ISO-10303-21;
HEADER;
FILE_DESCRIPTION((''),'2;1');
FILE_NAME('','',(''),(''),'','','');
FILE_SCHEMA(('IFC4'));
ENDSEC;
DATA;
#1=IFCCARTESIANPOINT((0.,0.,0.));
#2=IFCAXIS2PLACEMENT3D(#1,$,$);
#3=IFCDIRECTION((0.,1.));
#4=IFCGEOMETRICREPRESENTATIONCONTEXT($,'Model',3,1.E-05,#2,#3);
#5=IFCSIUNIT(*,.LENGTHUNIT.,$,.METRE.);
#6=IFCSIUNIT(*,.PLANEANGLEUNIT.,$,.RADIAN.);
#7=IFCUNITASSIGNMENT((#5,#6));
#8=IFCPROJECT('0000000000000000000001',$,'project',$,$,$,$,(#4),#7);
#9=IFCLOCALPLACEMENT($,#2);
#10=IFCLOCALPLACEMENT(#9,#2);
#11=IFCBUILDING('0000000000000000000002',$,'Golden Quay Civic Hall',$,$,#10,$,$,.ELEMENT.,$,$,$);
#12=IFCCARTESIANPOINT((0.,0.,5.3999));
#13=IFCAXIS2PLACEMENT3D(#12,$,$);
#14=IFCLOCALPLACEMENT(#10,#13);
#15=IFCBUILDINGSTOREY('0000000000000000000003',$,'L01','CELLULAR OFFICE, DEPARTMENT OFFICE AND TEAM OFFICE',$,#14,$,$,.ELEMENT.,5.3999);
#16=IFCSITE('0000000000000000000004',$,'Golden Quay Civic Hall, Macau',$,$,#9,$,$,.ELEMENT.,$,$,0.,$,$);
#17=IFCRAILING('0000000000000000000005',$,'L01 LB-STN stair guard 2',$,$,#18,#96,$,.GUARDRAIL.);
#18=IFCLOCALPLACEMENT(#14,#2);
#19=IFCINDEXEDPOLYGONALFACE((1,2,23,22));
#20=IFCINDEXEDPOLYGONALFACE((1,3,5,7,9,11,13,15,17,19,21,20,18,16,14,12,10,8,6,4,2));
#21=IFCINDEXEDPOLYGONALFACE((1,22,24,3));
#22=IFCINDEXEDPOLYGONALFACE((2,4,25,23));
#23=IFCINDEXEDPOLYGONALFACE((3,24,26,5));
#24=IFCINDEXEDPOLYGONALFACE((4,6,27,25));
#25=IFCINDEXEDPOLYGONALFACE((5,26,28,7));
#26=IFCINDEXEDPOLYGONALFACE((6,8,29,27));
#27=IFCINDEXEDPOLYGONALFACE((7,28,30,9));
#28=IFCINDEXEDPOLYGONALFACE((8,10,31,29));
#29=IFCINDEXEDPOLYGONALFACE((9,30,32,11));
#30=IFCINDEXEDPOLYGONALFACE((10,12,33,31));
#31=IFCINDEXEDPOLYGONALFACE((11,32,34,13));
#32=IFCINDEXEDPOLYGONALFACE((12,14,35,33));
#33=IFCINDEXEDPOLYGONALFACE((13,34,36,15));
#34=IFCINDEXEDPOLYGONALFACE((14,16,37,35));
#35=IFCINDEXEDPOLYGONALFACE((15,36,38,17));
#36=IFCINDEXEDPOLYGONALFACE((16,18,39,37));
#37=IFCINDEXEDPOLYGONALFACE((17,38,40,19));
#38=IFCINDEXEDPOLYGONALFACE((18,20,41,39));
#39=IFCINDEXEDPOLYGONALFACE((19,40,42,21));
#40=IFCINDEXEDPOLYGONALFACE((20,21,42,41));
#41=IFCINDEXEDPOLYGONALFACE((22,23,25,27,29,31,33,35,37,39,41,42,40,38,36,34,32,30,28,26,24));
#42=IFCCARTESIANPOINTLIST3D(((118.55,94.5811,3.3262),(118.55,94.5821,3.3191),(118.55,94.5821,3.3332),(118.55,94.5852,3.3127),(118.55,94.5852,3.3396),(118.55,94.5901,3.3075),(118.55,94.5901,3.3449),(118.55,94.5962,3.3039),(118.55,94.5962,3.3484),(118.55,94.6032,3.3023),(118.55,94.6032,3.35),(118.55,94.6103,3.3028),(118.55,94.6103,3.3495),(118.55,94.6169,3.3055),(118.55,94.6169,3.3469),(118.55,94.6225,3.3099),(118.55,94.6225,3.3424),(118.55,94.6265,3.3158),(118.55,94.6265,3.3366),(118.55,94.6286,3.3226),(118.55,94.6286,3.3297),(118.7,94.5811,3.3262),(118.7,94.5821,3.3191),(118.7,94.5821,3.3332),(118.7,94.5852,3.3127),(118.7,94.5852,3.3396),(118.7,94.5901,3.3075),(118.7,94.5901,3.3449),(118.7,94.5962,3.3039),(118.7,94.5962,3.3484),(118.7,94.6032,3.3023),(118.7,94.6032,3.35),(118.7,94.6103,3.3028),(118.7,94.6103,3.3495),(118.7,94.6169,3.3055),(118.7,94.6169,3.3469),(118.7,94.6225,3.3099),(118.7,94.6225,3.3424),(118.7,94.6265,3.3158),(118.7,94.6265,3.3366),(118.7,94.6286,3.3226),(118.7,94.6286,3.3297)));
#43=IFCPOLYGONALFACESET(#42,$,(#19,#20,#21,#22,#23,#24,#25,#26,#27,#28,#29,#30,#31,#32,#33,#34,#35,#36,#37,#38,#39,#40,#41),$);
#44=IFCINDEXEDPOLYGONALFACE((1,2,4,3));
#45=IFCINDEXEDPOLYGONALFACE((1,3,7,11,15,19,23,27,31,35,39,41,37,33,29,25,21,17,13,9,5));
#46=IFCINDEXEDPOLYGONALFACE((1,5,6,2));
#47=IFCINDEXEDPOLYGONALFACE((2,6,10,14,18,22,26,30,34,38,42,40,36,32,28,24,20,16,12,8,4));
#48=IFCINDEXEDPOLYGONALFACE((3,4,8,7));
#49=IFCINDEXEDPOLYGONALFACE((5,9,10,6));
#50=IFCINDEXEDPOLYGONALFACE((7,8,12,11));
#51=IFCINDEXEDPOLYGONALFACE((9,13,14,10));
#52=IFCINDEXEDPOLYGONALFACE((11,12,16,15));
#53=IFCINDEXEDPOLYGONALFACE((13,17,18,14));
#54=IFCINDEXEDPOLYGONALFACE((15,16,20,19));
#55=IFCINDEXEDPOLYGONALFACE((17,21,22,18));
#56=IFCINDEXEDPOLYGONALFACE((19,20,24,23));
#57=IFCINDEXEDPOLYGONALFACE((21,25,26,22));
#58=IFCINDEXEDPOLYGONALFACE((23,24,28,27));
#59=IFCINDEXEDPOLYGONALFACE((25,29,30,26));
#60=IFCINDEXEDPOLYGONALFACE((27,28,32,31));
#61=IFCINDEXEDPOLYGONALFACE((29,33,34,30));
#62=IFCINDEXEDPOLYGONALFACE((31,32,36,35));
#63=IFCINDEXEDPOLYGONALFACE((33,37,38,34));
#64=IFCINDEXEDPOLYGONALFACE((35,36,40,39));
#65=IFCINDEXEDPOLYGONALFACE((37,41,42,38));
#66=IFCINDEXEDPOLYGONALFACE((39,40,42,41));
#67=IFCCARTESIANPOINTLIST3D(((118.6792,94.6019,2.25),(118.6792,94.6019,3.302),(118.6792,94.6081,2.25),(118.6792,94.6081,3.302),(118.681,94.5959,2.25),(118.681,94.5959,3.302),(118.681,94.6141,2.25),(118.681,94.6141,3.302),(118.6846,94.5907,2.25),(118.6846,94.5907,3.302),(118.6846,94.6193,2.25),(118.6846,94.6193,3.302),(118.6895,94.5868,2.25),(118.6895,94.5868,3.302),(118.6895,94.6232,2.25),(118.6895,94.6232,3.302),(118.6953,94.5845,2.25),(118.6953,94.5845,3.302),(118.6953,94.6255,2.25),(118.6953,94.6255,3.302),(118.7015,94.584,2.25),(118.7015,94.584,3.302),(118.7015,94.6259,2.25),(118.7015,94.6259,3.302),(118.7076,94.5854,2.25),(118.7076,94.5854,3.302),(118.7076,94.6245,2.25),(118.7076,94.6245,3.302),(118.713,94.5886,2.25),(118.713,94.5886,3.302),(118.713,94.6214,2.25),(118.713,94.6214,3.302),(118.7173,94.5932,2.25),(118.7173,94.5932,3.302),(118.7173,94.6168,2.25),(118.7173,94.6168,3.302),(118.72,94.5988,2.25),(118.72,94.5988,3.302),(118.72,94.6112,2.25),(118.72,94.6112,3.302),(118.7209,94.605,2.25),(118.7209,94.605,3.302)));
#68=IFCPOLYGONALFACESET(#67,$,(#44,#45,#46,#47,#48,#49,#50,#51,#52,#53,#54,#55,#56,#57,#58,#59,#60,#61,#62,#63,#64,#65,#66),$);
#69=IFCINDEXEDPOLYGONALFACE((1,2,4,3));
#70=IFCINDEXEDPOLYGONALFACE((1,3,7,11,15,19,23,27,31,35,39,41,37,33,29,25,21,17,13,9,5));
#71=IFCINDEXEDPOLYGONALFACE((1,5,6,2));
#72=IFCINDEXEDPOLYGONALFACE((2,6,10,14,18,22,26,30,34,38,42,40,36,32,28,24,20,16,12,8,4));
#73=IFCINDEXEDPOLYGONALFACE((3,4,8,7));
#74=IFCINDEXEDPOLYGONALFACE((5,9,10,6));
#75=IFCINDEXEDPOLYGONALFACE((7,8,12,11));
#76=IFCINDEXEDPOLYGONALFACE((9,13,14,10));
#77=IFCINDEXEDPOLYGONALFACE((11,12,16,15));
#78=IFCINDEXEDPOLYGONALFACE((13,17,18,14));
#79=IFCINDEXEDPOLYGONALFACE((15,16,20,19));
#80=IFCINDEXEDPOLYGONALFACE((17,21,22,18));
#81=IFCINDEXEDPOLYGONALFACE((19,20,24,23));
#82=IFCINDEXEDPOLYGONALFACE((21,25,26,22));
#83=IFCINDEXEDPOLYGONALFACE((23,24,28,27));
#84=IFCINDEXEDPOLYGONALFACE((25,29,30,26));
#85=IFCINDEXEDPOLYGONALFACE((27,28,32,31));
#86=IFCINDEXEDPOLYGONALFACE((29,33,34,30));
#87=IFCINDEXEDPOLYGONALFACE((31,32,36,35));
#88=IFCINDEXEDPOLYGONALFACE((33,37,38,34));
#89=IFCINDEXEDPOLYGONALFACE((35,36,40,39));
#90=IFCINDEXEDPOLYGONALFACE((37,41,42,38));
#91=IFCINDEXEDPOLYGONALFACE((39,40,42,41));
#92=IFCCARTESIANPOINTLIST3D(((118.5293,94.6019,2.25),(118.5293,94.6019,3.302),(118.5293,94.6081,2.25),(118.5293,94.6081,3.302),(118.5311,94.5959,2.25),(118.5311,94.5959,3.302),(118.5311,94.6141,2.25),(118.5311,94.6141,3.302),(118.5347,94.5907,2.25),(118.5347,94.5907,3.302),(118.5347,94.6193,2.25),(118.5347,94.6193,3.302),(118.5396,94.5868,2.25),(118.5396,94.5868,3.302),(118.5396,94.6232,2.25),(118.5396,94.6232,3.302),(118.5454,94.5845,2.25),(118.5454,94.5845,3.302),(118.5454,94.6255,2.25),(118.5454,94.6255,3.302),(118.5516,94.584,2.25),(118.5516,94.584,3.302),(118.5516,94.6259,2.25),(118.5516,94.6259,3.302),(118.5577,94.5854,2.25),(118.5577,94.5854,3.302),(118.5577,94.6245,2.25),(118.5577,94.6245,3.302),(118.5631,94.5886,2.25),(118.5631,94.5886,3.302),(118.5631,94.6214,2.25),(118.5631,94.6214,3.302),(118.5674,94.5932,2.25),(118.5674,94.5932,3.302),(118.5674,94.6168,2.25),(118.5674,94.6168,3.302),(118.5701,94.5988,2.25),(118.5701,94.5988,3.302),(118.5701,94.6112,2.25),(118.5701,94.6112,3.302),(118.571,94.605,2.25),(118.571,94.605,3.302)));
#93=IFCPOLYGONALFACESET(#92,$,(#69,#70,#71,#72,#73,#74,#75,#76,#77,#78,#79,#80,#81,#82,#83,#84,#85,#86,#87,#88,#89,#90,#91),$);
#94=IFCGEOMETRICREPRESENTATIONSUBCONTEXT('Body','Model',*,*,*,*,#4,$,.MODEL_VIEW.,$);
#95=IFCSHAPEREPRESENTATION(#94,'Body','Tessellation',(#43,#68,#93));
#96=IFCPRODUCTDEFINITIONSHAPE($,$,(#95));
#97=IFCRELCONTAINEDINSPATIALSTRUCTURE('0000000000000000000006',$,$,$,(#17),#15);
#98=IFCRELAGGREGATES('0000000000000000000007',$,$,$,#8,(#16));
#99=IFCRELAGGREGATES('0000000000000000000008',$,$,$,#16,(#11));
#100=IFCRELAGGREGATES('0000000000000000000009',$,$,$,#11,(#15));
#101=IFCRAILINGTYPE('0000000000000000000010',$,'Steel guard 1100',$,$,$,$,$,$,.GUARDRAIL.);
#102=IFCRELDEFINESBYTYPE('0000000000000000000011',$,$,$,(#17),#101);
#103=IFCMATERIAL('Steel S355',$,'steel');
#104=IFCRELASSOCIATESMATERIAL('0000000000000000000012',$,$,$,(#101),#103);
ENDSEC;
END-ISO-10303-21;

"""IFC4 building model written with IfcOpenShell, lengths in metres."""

from ifc_helpers import new_model, si_unit, direction, frame, origin, origin_2d, place, context, subcontext, project, spatial, circle, extrude, material, type_object, element, save


model = new_model("IFC4")

# Units and contexts
model_context = context("Model", 3, precision=1e-05, world=origin(), true_north=direction((0.0, 1.0)))
body_context = subcontext(model_context, "Body", "Model", "MODEL_VIEW")
ifc_project = project(units=[si_unit("LENGTHUNIT", "METRE"), si_unit("PLANEANGLEUNIT", "RADIAN")], contexts=[model_context])

# Site, building, storey
site_placement = place(None, origin())
site = spatial("IfcSite", under=ifc_project, at=site_placement, Name="Golden Quay Civic Hall, Macau", CompositionType="ELEMENT", RefElevation=0.0)
building_placement = place(site_placement, origin())
building = spatial("IfcBuilding", under=site, at=building_placement, Name="Golden Quay Civic Hall", CompositionType="ELEMENT")
storey_placement = place(building_placement, frame((0.0, 0.0, 5.3999)))
storey = spatial("IfcBuildingStorey", under=building, at=storey_placement, Name="L01", Description="CELLULAR OFFICE, DEPARTMENT OFFICE AND TEAM OFFICE", CompositionType="ELEMENT", Elevation=5.3999)

# Railing
ifc_material_1 = material(Name="Steel S355", Category="steel")
railing_type_1 = type_object("IfcRailingType", Name="Steel guard 1100", PredefinedType="GUARDRAIL", material=ifc_material_1)
railing_1_placement = place(storey_placement, frame((118.7, 94.605, 2.25)))
element("IfcRailing", 1, at=railing_1_placement, inside=storey, type_object=railing_type_1, Name="L01 LB-STN stair guard 2", PredefinedType="GUARDRAIL", context=body_context, shape_type="SweptSolid", body=[
    extrude(circle(Radius=0.0239, at=origin_2d()), frame((0.0, 0.0, 1.0762), z_axis=(-1.0, 0.0, 0.0), x_axis=(0.0, -1.0, 0.0)), (0.0, 0.0, 1.0), 0.1499),
    extrude(circle(Radius=0.021, at=origin_2d()), origin(), (0.0, 0.0, 1.0), 1.052),
    extrude(circle(Radius=0.021, at=origin_2d()), frame((-0.1499, 0.0, 0.0)), (0.0, 0.0, 1.0), 1.052),
])

save(model, "model.ifc")
